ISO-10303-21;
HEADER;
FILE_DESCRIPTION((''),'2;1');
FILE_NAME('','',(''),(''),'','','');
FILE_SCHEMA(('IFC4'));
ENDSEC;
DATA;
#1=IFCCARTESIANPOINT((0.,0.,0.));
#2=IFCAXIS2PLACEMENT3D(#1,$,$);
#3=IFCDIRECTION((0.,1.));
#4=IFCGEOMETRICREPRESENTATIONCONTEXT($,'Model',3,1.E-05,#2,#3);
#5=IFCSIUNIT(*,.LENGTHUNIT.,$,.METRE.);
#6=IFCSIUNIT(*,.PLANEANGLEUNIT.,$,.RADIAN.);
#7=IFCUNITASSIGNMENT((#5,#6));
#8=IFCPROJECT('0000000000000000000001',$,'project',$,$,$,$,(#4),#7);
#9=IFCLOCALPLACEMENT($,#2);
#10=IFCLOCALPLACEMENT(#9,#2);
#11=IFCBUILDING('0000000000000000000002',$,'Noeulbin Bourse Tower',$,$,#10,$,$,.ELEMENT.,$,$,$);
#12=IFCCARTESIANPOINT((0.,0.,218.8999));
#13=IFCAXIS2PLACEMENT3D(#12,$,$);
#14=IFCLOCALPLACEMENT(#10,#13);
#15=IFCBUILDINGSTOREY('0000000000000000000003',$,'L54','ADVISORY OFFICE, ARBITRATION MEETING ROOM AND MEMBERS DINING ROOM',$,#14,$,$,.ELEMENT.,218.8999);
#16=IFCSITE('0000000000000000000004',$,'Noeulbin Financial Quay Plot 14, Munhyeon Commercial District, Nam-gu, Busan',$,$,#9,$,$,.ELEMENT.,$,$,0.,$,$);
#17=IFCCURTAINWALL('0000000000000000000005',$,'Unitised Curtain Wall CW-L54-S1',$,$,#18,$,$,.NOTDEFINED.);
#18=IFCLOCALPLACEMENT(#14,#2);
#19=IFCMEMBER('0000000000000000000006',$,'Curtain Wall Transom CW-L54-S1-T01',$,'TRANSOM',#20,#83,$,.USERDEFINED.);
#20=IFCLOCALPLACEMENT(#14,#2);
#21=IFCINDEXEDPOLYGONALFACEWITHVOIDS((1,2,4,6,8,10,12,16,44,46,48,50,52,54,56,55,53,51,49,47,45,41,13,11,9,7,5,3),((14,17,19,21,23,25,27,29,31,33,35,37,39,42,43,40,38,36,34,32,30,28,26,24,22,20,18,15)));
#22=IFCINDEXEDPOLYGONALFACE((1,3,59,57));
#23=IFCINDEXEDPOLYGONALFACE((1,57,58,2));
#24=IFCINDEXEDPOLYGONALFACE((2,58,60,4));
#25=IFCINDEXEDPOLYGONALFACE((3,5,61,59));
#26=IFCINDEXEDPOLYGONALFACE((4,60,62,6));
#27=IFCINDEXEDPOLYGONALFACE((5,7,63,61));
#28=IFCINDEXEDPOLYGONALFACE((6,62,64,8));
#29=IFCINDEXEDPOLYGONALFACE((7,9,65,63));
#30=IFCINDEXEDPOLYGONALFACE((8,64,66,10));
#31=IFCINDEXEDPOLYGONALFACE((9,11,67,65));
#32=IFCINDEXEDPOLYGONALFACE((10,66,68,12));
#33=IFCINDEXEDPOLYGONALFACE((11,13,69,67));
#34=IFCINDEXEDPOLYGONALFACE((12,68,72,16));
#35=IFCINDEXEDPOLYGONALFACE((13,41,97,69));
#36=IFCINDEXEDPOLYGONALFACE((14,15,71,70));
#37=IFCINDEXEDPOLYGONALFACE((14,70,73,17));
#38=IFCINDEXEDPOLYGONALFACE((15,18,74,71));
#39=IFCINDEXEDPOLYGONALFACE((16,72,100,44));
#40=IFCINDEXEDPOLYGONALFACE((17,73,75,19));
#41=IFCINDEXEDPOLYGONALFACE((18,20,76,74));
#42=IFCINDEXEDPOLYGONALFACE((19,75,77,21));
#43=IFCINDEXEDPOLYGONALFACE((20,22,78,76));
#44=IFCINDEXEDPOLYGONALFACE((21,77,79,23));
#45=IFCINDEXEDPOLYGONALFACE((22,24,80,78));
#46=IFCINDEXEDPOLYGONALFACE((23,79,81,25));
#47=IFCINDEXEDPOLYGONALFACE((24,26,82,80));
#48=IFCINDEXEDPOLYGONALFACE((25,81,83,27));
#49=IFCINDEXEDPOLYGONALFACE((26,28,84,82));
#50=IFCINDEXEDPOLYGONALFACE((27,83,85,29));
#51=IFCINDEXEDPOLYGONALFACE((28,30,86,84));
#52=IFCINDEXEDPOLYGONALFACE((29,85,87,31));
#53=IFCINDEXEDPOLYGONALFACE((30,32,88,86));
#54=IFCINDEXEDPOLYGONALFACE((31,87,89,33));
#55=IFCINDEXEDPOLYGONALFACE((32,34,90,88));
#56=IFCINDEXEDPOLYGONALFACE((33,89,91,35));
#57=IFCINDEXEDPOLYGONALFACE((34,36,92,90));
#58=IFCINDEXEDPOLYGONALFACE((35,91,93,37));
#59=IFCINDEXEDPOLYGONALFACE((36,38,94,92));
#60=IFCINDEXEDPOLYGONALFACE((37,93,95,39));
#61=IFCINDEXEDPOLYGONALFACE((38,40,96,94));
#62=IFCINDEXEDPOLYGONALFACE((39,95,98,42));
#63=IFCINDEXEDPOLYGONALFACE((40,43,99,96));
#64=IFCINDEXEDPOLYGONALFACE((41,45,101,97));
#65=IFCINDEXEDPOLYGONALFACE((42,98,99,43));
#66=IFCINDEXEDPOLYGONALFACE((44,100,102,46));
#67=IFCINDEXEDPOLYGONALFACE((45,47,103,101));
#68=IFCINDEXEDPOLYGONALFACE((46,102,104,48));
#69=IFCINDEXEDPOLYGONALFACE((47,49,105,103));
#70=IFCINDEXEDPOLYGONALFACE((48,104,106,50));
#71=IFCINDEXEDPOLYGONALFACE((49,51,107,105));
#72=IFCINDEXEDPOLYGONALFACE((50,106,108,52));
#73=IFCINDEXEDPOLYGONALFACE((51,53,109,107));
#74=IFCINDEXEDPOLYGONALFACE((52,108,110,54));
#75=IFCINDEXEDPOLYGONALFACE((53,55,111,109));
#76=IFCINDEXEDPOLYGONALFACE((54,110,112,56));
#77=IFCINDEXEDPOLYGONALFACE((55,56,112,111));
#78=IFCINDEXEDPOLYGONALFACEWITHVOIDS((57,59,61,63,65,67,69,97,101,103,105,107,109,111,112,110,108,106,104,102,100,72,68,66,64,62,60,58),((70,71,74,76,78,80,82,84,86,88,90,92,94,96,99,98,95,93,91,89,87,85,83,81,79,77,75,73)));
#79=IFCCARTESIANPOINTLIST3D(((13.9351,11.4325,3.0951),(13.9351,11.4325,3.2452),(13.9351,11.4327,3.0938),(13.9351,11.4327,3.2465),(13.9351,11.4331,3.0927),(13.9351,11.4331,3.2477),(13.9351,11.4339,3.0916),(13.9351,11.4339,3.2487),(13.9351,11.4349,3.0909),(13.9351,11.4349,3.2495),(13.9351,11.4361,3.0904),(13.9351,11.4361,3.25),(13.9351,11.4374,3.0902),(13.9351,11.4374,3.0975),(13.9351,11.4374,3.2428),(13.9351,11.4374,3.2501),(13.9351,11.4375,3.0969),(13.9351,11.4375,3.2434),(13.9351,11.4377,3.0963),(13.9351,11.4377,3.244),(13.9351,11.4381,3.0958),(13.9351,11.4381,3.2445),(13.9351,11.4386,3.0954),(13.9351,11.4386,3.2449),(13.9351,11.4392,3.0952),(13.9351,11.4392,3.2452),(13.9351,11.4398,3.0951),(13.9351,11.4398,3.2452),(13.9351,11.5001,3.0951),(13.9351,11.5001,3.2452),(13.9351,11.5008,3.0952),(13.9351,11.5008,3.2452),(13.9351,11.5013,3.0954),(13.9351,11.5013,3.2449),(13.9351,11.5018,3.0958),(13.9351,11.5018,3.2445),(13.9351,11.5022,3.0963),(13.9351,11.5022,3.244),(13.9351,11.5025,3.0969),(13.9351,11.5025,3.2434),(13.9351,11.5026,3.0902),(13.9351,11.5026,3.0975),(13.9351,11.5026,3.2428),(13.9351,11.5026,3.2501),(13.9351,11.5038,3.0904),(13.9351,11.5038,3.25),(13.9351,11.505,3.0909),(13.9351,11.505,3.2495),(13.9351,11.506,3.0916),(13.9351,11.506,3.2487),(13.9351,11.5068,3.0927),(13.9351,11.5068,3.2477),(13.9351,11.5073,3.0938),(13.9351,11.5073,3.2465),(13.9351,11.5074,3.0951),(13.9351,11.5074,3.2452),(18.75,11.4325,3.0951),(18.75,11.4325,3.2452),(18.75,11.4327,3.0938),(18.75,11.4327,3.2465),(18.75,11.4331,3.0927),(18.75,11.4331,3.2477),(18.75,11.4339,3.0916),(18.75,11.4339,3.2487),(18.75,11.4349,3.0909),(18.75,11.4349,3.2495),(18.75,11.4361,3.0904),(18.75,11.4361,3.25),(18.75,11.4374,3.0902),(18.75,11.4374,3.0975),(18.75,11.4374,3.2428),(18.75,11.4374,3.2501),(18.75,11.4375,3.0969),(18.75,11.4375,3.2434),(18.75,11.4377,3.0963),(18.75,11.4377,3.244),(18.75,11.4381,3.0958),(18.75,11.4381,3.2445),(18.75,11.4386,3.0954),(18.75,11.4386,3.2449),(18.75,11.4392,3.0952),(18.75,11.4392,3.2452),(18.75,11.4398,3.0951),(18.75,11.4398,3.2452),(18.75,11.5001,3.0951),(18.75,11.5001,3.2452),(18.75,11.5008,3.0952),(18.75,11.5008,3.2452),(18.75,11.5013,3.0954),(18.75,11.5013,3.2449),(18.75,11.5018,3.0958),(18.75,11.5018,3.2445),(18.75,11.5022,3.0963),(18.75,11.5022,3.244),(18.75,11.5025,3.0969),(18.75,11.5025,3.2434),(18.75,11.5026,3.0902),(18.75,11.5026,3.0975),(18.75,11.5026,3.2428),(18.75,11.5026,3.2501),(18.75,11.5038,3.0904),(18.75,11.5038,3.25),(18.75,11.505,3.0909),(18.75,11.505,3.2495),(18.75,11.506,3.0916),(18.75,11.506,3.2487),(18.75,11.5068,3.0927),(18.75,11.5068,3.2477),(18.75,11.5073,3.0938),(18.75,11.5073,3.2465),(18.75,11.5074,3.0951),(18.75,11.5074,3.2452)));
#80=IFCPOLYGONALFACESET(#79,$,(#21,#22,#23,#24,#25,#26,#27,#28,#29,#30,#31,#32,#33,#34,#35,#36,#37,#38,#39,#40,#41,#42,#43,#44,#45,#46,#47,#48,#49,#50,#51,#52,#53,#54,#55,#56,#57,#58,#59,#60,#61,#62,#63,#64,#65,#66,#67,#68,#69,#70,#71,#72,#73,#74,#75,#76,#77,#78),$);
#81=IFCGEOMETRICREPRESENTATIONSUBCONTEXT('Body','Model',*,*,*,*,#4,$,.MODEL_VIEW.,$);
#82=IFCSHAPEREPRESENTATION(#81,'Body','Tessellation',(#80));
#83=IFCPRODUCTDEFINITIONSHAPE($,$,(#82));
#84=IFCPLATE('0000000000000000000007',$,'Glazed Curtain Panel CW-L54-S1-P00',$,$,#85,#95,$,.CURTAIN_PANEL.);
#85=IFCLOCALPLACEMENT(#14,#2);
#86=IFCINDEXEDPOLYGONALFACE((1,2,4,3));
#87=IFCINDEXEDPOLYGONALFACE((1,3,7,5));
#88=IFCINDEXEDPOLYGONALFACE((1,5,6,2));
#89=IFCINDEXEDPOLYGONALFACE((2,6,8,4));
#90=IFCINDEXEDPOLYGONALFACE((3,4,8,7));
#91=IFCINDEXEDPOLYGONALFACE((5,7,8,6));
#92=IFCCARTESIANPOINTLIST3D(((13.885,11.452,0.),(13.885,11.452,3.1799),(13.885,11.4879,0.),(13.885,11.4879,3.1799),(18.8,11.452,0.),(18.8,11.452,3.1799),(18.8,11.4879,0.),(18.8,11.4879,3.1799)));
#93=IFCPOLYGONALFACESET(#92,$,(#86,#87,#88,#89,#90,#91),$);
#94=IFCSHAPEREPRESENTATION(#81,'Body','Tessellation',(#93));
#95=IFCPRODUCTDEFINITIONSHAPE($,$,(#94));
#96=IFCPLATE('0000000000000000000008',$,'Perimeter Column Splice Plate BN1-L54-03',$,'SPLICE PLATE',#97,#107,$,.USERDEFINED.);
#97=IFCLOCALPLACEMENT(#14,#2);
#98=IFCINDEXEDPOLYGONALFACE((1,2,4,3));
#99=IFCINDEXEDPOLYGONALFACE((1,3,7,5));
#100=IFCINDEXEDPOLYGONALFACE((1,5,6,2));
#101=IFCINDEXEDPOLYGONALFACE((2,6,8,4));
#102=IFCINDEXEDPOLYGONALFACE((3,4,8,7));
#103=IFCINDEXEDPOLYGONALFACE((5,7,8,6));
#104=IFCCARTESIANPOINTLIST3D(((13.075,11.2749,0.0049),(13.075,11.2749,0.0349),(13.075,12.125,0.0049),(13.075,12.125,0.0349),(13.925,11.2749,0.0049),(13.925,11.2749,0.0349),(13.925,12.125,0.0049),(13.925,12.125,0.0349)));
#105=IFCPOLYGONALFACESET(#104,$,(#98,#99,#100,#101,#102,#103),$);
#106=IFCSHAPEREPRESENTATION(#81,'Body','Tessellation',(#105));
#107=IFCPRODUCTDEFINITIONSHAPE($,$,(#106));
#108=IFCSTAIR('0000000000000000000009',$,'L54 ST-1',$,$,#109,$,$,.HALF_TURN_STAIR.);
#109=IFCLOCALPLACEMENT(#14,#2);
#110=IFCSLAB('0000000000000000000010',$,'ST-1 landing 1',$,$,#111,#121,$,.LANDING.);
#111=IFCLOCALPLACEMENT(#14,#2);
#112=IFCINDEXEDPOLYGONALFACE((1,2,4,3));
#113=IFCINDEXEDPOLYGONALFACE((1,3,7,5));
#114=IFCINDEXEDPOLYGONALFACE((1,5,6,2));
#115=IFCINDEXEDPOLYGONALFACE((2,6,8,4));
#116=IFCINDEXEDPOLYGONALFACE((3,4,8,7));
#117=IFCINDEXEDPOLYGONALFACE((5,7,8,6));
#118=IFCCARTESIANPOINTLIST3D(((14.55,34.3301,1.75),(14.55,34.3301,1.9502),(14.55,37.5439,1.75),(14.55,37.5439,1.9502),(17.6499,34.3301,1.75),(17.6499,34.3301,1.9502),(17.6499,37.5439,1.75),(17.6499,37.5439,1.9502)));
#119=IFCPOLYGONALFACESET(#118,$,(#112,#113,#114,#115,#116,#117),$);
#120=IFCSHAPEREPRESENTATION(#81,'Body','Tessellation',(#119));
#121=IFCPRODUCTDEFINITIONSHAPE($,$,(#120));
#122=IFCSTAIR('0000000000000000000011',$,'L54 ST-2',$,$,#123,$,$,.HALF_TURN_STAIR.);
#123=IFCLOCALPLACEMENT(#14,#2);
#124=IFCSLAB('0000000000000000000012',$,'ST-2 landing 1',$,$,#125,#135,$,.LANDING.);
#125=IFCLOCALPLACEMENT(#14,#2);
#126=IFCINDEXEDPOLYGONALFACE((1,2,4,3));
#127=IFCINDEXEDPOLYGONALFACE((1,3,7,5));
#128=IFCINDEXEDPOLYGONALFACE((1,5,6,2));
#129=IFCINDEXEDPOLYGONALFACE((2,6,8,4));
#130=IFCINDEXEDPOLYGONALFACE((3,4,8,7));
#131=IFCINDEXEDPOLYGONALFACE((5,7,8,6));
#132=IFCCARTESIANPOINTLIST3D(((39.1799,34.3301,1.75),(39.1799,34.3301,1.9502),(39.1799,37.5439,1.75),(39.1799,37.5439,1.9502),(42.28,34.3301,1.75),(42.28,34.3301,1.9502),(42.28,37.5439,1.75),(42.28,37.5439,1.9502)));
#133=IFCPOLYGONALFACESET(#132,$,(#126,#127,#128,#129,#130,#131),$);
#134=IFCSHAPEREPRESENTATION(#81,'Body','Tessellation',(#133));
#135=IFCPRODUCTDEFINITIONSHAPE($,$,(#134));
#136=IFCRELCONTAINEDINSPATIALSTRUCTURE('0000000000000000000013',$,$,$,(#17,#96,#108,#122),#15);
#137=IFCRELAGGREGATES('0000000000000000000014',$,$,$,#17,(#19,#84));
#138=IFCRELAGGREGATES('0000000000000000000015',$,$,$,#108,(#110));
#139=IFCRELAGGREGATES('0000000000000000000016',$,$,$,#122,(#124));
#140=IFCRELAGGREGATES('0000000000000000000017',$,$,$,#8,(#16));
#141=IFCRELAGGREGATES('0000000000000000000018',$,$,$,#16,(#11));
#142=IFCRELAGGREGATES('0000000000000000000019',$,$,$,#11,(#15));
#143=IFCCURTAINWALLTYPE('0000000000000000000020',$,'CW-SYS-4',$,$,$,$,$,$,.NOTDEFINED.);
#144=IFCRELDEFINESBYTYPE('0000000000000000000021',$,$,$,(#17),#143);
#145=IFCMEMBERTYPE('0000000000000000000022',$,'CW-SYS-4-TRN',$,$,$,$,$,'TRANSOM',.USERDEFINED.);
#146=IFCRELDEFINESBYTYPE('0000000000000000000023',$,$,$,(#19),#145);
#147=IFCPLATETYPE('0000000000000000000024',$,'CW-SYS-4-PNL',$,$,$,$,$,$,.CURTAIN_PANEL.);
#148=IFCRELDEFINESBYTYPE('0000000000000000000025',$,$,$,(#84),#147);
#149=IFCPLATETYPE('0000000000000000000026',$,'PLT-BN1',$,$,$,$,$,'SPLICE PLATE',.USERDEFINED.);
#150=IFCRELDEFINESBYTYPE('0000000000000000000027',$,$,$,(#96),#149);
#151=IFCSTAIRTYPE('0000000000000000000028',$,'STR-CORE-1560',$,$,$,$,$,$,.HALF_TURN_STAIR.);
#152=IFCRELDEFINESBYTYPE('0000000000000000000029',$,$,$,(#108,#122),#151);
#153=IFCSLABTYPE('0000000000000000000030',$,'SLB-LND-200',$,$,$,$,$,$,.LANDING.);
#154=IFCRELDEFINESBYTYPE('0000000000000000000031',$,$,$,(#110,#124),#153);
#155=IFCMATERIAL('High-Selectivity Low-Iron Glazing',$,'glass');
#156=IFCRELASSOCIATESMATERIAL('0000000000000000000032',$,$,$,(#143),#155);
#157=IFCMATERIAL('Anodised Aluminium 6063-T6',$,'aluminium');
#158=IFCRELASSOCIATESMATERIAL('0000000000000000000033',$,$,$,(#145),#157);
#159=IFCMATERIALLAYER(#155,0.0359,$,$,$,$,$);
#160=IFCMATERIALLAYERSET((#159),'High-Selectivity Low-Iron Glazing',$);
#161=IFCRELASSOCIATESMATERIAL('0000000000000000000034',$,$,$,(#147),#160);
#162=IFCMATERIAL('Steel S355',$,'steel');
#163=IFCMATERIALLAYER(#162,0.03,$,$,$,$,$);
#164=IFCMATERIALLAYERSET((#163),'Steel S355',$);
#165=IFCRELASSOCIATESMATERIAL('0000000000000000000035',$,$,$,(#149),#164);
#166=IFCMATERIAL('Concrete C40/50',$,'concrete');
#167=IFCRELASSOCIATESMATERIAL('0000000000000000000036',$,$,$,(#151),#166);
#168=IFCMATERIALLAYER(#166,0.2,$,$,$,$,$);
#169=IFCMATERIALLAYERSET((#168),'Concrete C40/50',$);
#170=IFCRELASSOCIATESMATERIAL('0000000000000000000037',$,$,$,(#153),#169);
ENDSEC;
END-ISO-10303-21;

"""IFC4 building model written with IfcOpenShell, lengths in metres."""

from ifc_helpers import new_model, si_unit, direction, frame, origin, origin_2d, place, context, subcontext, project, spatial, polyline, rectangle, hollow_rectangle, outline, extrude, material, layer, layer_set, material_profile, profile_set, type_object, element, aggregate, save


model = new_model("IFC4")

# Units and contexts
model_context = context("Model", 3, precision=1e-05, world=origin(), true_north=direction((0.0, 1.0)))
body_context = subcontext(model_context, "Body", "Model", "MODEL_VIEW")
ifc_project = project(units=[si_unit("LENGTHUNIT", "METRE"), si_unit("PLANEANGLEUNIT", "RADIAN")], contexts=[model_context])

# Site, building, storey
site_placement = place(None, origin())
site = spatial("IfcSite", under=ifc_project, at=site_placement, Name="Noeulbin Financial Quay Plot 14, Munhyeon Commercial District, Nam-gu, Busan", CompositionType="ELEMENT", RefElevation=0.0)
building_placement = place(site_placement, origin())
building = spatial("IfcBuilding", under=site, at=building_placement, Name="Noeulbin Bourse Tower", CompositionType="ELEMENT")
storey_placement = place(building_placement, frame((0.0, 0.0, 218.8999)))
storey = spatial("IfcBuildingStorey", under=building, at=storey_placement, Name="L54", Description="ADVISORY OFFICE, ARBITRATION MEETING ROOM AND MEMBERS DINING ROOM", CompositionType="ELEMENT", Elevation=218.8999)

# Shared definitions
ifc_material_1 = material(Name="Steel S355", Category="steel")

# Curtain wall, member, plate
ifc_material_2 = material(Name="High-Selectivity Low-Iron Glazing", Category="glass")
curtain_wall_type = type_object("IfcCurtainWallType", Name="CW-SYS-4", PredefinedType="NOTDEFINED", material=ifc_material_2)
curtain_wall_placement = place(storey_placement, origin())
curtain_wall = element("IfcCurtainWall", 1, at=curtain_wall_placement, inside=storey, type_object=curtain_wall_type, Name="Unitised Curtain Wall CW-L54-S1", PredefinedType="NOTDEFINED")
ifc_material_3 = material(Name="Anodised Aluminium 6063-T6", Category="aluminium")
ifc_material_profile_1 = material_profile(ifc_material_3, hollow_rectangle(XDim=0.075, YDim=0.1599, WallThickness=0.0049, InnerFilletRadius=0.0024, OuterFilletRadius=0.0049, at=origin_2d()), Name="ALU-TRAN-75x160x5", Category="LoadBearing")
ifc_profile_set_1 = profile_set([ifc_material_profile_1], Name="Anodised Aluminium 6063-T6")
member_type_1 = type_object("IfcMemberType", Name="CW-SYS-4-TRN", ElementType="TRANSOM", PredefinedType="USERDEFINED", material=ifc_profile_set_1)
member_1_placement = place(storey_placement, frame((13.9351, 11.47, 3.1702), z_axis=(1.0, 0.0, 0.0), x_axis=(0.0, 1.0, 0.0)))
member_1 = element("IfcMember", 2, at=member_1_placement, type_object=member_type_1, Name="Curtain Wall Transom CW-L54-S1-T01", ObjectType="TRANSOM", PredefinedType="USERDEFINED", context=body_context, shape_type="SweptSolid", body=[
    extrude(hollow_rectangle(XDim=0.075, YDim=0.1599, WallThickness=0.0049, InnerFilletRadius=0.0024, OuterFilletRadius=0.0049, at=origin_2d()), origin(), (0.0, 0.0, 1.0), 4.8149),
])
ifc_layer_1 = layer(ifc_material_2, 0.0359)
ifc_layer_set_1 = layer_set([ifc_layer_1], Name="High-Selectivity Low-Iron Glazing")
plate_type_1 = type_object("IfcPlateType", Name="CW-SYS-4-PNL", PredefinedType="CURTAIN_PANEL", material=ifc_layer_set_1)
plate_1_placement = place(storey_placement, frame((16.3425, 11.47, 0.0), z_axis=(0.0, 0.0, 1.0), x_axis=(1.0, 0.0, 0.0)))
plate_1 = element("IfcPlate", 3, at=plate_1_placement, type_object=plate_type_1, Name="Glazed Curtain Panel CW-L54-S1-P00", PredefinedType="CURTAIN_PANEL", context=body_context, shape_type="SweptSolid", body=[
    extrude(rectangle(XDim=4.915, YDim=0.0359, at=origin_2d()), origin(), (0.0, 0.0, 1.0), 3.1799),
])
aggregate(curtain_wall, [member_1, plate_1])

# Plate
ifc_layer_2 = layer(ifc_material_1, 0.03)
ifc_layer_set_2 = layer_set([ifc_layer_2], Name="Steel S355")
plate_type_2 = type_object("IfcPlateType", Name="PLT-BN1", ElementType="SPLICE PLATE", PredefinedType="USERDEFINED", material=ifc_layer_set_2)
plate_2_placement = place(storey_placement, frame((13.5, 11.7, 0.0049), z_axis=(0.0, 0.0, 1.0), x_axis=(1.0, 0.0, 0.0)))
element("IfcPlate", 4, at=plate_2_placement, inside=storey, type_object=plate_type_2, Name="Perimeter Column Splice Plate BN1-L54-03", ObjectType="SPLICE PLATE", PredefinedType="USERDEFINED", context=body_context, shape_type="SweptSolid", body=[
    extrude(rectangle(XDim=0.8501, YDim=0.8501, at=origin_2d()), origin(), (0.0, 0.0, 1.0), 0.03),
])

# Stairs, slabs
ifc_material_4 = material(Name="Concrete C40/50", Category="concrete")
stair_type = type_object("IfcStairType", Name="STR-CORE-1560", PredefinedType="HALF_TURN_STAIR", material=ifc_material_4)
stair_1_placement = place(storey_placement, origin())
stair_1 = element("IfcStair", 5, at=stair_1_placement, inside=storey, type_object=stair_type, Name="L54 ST-1", PredefinedType="HALF_TURN_STAIR")
ifc_layer_3 = layer(ifc_material_4, 0.2)
ifc_layer_set_3 = layer_set([ifc_layer_3], Name="Concrete C40/50")
slab_type_1 = type_object("IfcSlabType", Name="SLB-LND-200", PredefinedType="LANDING", material=ifc_layer_set_3)
slab_1_placement = place(storey_placement, frame((0.0, 0.0, 1.75)))
slab_1 = element("IfcSlab", 6, at=slab_1_placement, type_object=slab_type_1, Name="ST-1 landing 1", PredefinedType="LANDING", context=body_context, shape_type="SweptSolid", body=[
    extrude(outline(polyline([(17.6499, 34.3301), (17.6499, 37.5439), (14.55, 37.5439), (14.55, 34.3301), (17.6499, 34.3301)])), origin(), (0.0, 0.0, 1.0), 0.2002),
])
aggregate(stair_1, [slab_1])
stair_2_placement = place(storey_placement, origin())
stair_2 = element("IfcStair", 7, at=stair_2_placement, inside=storey, type_object=stair_type, Name="L54 ST-2", PredefinedType="HALF_TURN_STAIR")
slab_2_placement = place(storey_placement, frame((0.0, 0.0, 1.75)))
slab_2 = element("IfcSlab", 8, at=slab_2_placement, type_object=slab_type_1, Name="ST-2 landing 1", PredefinedType="LANDING", context=body_context, shape_type="SweptSolid", body=[
    extrude(outline(polyline([(42.28, 34.3301), (42.28, 37.5439), (39.1799, 37.5439), (39.1799, 34.3301), (42.28, 34.3301)])), origin(), (0.0, 0.0, 1.0), 0.2002),
])
aggregate(stair_2, [slab_2])

save(model, "model.ifc")
